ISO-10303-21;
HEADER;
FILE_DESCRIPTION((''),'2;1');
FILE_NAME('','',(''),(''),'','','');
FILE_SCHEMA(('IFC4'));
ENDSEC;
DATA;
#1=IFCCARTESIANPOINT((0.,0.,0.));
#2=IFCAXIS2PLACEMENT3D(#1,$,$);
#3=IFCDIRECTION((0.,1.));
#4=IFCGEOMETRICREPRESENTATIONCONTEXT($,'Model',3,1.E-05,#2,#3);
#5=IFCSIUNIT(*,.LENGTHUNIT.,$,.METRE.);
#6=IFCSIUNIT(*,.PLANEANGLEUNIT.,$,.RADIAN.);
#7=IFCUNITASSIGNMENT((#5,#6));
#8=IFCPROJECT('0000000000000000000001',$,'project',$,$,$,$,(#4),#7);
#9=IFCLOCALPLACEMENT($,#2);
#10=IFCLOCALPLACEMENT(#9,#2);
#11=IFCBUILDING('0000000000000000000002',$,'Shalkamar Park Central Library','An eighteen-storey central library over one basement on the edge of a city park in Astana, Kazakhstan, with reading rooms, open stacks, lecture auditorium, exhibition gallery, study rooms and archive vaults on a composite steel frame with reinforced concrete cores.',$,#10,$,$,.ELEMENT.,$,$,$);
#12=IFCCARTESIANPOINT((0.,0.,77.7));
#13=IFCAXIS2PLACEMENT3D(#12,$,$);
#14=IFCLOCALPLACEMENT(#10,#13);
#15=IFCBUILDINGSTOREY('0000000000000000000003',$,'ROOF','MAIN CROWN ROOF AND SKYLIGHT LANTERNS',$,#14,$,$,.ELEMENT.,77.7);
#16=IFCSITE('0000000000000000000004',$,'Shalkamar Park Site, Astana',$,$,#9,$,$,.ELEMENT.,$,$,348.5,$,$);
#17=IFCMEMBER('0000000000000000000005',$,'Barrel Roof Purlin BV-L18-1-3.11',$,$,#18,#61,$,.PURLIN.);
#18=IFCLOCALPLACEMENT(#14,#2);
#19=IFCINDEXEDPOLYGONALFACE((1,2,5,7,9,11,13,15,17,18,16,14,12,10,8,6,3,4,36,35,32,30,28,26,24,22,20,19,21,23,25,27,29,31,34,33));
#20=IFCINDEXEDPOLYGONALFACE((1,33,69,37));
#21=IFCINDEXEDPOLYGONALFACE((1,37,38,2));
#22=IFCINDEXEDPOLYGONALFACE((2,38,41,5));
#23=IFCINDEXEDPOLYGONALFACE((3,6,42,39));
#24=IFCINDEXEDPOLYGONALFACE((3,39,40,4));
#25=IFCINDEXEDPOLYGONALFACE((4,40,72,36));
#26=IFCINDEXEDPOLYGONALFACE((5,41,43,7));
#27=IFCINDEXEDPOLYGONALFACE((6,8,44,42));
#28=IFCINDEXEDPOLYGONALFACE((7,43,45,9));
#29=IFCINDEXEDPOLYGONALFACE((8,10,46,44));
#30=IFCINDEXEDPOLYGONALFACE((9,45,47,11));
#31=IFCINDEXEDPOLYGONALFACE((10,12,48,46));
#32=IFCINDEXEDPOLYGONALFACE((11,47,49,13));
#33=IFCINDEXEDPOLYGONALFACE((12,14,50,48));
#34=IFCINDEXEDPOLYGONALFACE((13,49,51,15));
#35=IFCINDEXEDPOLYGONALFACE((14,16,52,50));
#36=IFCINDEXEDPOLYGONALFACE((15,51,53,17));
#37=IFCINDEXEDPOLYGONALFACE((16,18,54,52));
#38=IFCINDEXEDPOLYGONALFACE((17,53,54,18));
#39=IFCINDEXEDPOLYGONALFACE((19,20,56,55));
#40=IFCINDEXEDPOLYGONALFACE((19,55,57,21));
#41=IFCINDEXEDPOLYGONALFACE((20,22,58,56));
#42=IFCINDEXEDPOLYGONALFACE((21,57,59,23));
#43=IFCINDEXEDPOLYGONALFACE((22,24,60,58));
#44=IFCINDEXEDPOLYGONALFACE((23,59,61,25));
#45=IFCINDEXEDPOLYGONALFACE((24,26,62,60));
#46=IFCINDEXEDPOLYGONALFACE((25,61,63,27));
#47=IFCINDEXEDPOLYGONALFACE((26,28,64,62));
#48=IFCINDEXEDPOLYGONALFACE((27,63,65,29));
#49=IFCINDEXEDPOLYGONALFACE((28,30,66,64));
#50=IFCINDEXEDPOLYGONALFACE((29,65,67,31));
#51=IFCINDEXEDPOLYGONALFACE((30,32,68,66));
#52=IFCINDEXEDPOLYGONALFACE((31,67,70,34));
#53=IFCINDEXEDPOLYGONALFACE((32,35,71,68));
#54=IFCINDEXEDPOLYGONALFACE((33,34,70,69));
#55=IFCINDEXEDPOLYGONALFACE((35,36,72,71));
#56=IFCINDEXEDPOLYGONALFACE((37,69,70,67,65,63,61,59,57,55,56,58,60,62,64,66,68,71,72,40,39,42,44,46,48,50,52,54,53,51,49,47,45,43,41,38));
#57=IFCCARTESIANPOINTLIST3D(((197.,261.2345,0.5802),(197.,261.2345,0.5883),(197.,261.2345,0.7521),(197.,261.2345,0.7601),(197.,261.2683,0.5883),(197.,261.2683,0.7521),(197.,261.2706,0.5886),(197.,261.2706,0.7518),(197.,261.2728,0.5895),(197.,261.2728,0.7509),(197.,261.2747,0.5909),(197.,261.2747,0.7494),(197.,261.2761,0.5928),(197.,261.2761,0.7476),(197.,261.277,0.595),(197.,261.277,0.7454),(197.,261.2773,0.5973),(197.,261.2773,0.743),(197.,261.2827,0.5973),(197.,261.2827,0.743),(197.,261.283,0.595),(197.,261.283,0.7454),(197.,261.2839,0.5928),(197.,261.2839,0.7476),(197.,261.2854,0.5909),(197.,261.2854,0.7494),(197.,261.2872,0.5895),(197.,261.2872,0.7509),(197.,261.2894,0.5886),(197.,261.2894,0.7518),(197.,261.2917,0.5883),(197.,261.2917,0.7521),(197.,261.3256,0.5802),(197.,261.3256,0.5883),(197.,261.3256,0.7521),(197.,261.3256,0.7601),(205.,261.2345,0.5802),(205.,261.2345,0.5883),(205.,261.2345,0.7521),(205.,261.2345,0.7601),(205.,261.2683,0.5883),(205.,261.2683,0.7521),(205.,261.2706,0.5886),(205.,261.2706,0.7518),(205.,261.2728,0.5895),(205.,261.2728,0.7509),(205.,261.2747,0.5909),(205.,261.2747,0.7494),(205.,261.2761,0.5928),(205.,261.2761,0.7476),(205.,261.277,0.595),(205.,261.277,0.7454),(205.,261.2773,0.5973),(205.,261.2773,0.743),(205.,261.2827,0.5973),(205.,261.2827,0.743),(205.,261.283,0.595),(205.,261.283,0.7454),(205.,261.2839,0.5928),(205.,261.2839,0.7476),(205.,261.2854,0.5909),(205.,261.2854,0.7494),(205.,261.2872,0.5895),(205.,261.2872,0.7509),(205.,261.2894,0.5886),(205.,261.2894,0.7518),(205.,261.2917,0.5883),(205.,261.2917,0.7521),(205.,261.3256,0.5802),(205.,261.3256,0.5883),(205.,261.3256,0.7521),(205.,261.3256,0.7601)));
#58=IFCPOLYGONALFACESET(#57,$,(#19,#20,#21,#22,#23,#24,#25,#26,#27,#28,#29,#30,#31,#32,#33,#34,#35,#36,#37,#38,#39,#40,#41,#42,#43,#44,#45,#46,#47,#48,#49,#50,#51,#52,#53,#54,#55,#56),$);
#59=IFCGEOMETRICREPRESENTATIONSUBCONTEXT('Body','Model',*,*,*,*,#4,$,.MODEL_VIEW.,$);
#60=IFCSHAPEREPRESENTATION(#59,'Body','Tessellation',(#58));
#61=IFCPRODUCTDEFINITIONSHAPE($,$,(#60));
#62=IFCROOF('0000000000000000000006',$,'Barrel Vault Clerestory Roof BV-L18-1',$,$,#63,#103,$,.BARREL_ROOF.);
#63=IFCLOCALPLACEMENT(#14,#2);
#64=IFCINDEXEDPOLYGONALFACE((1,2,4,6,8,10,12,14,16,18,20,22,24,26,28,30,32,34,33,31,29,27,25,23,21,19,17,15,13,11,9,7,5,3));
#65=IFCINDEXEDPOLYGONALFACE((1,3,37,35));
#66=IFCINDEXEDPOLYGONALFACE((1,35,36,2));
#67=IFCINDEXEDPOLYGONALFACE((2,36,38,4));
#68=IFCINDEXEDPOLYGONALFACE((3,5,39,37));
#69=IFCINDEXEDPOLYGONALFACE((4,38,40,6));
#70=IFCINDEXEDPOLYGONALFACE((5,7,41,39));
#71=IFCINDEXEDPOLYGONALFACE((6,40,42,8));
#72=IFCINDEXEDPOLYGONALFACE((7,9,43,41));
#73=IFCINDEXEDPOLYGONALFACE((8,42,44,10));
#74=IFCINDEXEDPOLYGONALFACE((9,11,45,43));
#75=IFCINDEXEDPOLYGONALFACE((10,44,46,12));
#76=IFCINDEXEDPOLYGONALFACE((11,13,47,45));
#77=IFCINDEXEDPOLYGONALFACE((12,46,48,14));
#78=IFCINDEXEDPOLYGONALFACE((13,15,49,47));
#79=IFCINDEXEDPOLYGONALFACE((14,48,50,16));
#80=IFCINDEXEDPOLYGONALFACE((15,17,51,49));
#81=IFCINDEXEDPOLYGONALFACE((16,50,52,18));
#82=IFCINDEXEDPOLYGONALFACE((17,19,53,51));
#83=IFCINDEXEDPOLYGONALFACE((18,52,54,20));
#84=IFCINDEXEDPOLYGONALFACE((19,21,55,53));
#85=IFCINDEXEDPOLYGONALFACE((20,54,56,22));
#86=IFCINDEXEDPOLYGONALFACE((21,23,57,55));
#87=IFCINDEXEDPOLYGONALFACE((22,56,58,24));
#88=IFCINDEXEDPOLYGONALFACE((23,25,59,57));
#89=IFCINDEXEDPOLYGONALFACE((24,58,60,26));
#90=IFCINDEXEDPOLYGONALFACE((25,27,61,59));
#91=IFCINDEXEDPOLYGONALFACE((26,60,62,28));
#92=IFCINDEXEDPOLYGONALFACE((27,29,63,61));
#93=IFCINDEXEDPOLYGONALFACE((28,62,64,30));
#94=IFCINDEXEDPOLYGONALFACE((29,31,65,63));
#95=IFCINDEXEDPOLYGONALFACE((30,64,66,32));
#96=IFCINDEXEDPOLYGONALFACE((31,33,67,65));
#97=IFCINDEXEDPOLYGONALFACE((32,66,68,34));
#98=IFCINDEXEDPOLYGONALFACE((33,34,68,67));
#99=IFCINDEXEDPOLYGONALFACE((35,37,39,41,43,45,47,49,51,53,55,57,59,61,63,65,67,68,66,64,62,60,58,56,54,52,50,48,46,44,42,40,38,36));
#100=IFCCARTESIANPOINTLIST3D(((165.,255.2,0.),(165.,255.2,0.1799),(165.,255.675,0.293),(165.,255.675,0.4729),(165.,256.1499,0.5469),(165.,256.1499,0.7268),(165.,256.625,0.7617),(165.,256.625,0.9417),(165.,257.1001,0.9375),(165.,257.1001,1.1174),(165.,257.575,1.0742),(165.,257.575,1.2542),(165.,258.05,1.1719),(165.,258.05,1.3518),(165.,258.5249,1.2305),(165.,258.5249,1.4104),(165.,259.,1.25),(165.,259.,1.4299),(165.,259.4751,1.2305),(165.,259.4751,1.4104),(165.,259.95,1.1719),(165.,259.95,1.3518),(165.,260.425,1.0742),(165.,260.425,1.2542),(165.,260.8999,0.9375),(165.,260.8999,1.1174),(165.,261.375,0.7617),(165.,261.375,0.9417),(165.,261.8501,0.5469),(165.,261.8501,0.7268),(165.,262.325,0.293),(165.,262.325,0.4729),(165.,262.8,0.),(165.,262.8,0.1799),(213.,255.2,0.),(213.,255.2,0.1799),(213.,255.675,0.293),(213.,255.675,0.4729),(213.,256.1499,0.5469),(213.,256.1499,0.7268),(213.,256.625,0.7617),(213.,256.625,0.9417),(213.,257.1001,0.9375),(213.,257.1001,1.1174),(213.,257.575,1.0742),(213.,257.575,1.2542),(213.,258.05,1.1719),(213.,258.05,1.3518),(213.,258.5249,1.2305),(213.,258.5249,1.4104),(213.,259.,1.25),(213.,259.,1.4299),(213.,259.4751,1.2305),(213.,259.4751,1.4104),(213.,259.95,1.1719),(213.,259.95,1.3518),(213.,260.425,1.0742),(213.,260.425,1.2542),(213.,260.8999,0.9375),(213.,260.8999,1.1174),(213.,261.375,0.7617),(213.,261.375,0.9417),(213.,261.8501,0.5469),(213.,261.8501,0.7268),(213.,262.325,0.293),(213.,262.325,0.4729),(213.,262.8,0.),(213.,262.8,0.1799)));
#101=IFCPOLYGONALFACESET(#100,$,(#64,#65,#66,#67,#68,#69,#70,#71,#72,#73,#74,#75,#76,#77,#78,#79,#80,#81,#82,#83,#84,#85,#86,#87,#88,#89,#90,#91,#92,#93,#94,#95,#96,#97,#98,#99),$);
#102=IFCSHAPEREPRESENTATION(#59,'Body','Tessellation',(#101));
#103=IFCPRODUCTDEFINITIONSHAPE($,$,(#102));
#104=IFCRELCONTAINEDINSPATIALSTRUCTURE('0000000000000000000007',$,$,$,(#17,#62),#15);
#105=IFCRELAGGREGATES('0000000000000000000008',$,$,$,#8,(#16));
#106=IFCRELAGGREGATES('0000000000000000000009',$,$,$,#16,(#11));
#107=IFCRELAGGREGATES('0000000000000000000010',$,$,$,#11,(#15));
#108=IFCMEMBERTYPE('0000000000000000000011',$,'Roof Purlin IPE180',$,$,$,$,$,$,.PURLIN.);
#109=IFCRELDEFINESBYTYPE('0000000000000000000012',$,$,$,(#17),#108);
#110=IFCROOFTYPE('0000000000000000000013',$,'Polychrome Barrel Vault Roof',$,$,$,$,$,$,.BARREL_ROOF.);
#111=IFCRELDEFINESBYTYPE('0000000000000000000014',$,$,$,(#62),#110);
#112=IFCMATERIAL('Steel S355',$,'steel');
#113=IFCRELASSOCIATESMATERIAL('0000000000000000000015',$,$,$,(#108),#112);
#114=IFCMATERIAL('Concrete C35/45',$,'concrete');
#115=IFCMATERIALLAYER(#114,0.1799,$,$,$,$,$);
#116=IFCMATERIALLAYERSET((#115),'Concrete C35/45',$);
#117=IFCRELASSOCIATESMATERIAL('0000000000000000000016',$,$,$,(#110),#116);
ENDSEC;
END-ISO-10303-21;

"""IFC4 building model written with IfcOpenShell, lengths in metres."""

from ifc_helpers import new_model, si_unit, direction, frame, origin, origin_2d, place, context, subcontext, project, spatial, polyline, i_section, outline, extrude, material, layer, layer_set, material_profile, profile_set, type_object, element, save


model = new_model("IFC4")

# Units and contexts
model_context = context("Model", 3, precision=1e-05, world=origin(), true_north=direction((0.0, 1.0)))
body_context = subcontext(model_context, "Body", "Model", "MODEL_VIEW")
ifc_project = project(units=[si_unit("LENGTHUNIT", "METRE"), si_unit("PLANEANGLEUNIT", "RADIAN")], contexts=[model_context])

# Site, building, storey
site_placement = place(None, origin())
site = spatial("IfcSite", under=ifc_project, at=site_placement, Name="Shalkamar Park Site, Astana", CompositionType="ELEMENT", RefElevation=348.5)
building_placement = place(site_placement, origin())
building = spatial("IfcBuilding", under=site, at=building_placement, Name="Shalkamar Park Central Library", Description="An eighteen-storey central library over one basement on the edge of a city park in Astana, Kazakhstan, with reading rooms, open stacks, lecture auditorium, exhibition gallery, study rooms and archive vaults on a composite steel frame with reinforced concrete cores.", CompositionType="ELEMENT")
storey_placement = place(building_placement, frame((0.0, 0.0, 77.7)))
storey = spatial("IfcBuildingStorey", under=building, at=storey_placement, Name="ROOF", Description="MAIN CROWN ROOF AND SKYLIGHT LANTERNS", CompositionType="ELEMENT", Elevation=77.7)

# Member
ifc_material_1 = material(Name="Steel S355", Category="steel")
ifc_material_profile_1 = material_profile(ifc_material_1, i_section(OverallWidth=0.0911, OverallDepth=0.1799, WebThickness=0.0054, FlangeThickness=0.0081, FilletRadius=0.009, at=origin_2d()), Name="IPE 180")
ifc_profile_set_1 = profile_set([ifc_material_profile_1], Name="Steel S355")
member_type_1 = type_object("IfcMemberType", Name="Roof Purlin IPE180", PredefinedType="PURLIN", material=ifc_profile_set_1)
for number, where, z_axis, x_axis, name in (
    (1, (197.0, 261.28, 0.6702), (1.0, 0.0, 0.0), (0.0, 1.0, 0.0), "Barrel Roof Purlin BV-L18-1-3.11"),
):
    element("IfcMember", number, at=place(storey_placement, frame(where, z_axis=z_axis, x_axis=x_axis)), inside=storey, type_object=member_type_1, Name=name, PredefinedType="PURLIN", context=body_context, shape_type="SweptSolid", body=[
        extrude(i_section(OverallWidth=0.0911, OverallDepth=0.1799, WebThickness=0.0054, FlangeThickness=0.0081, FilletRadius=0.009, at=origin_2d()), origin(), (0.0, 0.0, 1.0), 8.0),
    ])

# Roof
ifc_material_2 = material(Name="Concrete C35/45", Category="concrete")
ifc_layer = layer(ifc_material_2, 0.1799)
ifc_layer_set = layer_set([ifc_layer], Name="Concrete C35/45")
roof_type = type_object("IfcRoofType", Name="Polychrome Barrel Vault Roof", PredefinedType="BARREL_ROOF", material=ifc_layer_set)
roof_placement = place(storey_placement, frame((165.0, 259.0, 0.0), z_axis=(0.0, 0.0, 1.0), x_axis=(1.0, 0.0, 0.0)))
element("IfcRoof", 2, at=roof_placement, inside=storey, type_object=roof_type, Name="Barrel Vault Clerestory Roof BV-L18-1", PredefinedType="BARREL_ROOF", context=body_context, shape_type="SweptSolid", body=[
    extrude(outline(polyline([(-3.8, 0.1799), (-3.325, 0.4729), (-2.8501, 0.7268), (-2.375, 0.9417), (-1.8999, 1.1174), (-1.425, 1.2542), (-0.95, 1.3518), (-0.4751, 1.4104), (0.0, 1.4299), (0.4751, 1.4104), (0.95, 1.3518), (1.425, 1.2542), (1.8999, 1.1174), (2.375, 0.9417), (2.8501, 0.7268), (3.325, 0.4729), (3.8, 0.1799), (3.8, 0.0), (3.325, 0.293), (2.8501, 0.5469), (2.375, 0.7617), (1.8999, 0.9375), (1.425, 1.0742), (0.95, 1.1719), (0.4751, 1.2305), (0.0, 1.25), (-0.4751, 1.2305), (-0.95, 1.1719), (-1.425, 1.0742), (-1.8999, 0.9375), (-2.375, 0.7617), (-2.8501, 0.5469), (-3.325, 0.293), (-3.8, 0.0), (-3.8, 0.1799)])), frame((0.0, 0.0, 0.0), z_axis=(1.0, 0.0, 0.0), x_axis=(0.0, 1.0, 0.0)), (0.0, 0.0, 1.0), 48.0),
])

save(model, "model.ifc")
